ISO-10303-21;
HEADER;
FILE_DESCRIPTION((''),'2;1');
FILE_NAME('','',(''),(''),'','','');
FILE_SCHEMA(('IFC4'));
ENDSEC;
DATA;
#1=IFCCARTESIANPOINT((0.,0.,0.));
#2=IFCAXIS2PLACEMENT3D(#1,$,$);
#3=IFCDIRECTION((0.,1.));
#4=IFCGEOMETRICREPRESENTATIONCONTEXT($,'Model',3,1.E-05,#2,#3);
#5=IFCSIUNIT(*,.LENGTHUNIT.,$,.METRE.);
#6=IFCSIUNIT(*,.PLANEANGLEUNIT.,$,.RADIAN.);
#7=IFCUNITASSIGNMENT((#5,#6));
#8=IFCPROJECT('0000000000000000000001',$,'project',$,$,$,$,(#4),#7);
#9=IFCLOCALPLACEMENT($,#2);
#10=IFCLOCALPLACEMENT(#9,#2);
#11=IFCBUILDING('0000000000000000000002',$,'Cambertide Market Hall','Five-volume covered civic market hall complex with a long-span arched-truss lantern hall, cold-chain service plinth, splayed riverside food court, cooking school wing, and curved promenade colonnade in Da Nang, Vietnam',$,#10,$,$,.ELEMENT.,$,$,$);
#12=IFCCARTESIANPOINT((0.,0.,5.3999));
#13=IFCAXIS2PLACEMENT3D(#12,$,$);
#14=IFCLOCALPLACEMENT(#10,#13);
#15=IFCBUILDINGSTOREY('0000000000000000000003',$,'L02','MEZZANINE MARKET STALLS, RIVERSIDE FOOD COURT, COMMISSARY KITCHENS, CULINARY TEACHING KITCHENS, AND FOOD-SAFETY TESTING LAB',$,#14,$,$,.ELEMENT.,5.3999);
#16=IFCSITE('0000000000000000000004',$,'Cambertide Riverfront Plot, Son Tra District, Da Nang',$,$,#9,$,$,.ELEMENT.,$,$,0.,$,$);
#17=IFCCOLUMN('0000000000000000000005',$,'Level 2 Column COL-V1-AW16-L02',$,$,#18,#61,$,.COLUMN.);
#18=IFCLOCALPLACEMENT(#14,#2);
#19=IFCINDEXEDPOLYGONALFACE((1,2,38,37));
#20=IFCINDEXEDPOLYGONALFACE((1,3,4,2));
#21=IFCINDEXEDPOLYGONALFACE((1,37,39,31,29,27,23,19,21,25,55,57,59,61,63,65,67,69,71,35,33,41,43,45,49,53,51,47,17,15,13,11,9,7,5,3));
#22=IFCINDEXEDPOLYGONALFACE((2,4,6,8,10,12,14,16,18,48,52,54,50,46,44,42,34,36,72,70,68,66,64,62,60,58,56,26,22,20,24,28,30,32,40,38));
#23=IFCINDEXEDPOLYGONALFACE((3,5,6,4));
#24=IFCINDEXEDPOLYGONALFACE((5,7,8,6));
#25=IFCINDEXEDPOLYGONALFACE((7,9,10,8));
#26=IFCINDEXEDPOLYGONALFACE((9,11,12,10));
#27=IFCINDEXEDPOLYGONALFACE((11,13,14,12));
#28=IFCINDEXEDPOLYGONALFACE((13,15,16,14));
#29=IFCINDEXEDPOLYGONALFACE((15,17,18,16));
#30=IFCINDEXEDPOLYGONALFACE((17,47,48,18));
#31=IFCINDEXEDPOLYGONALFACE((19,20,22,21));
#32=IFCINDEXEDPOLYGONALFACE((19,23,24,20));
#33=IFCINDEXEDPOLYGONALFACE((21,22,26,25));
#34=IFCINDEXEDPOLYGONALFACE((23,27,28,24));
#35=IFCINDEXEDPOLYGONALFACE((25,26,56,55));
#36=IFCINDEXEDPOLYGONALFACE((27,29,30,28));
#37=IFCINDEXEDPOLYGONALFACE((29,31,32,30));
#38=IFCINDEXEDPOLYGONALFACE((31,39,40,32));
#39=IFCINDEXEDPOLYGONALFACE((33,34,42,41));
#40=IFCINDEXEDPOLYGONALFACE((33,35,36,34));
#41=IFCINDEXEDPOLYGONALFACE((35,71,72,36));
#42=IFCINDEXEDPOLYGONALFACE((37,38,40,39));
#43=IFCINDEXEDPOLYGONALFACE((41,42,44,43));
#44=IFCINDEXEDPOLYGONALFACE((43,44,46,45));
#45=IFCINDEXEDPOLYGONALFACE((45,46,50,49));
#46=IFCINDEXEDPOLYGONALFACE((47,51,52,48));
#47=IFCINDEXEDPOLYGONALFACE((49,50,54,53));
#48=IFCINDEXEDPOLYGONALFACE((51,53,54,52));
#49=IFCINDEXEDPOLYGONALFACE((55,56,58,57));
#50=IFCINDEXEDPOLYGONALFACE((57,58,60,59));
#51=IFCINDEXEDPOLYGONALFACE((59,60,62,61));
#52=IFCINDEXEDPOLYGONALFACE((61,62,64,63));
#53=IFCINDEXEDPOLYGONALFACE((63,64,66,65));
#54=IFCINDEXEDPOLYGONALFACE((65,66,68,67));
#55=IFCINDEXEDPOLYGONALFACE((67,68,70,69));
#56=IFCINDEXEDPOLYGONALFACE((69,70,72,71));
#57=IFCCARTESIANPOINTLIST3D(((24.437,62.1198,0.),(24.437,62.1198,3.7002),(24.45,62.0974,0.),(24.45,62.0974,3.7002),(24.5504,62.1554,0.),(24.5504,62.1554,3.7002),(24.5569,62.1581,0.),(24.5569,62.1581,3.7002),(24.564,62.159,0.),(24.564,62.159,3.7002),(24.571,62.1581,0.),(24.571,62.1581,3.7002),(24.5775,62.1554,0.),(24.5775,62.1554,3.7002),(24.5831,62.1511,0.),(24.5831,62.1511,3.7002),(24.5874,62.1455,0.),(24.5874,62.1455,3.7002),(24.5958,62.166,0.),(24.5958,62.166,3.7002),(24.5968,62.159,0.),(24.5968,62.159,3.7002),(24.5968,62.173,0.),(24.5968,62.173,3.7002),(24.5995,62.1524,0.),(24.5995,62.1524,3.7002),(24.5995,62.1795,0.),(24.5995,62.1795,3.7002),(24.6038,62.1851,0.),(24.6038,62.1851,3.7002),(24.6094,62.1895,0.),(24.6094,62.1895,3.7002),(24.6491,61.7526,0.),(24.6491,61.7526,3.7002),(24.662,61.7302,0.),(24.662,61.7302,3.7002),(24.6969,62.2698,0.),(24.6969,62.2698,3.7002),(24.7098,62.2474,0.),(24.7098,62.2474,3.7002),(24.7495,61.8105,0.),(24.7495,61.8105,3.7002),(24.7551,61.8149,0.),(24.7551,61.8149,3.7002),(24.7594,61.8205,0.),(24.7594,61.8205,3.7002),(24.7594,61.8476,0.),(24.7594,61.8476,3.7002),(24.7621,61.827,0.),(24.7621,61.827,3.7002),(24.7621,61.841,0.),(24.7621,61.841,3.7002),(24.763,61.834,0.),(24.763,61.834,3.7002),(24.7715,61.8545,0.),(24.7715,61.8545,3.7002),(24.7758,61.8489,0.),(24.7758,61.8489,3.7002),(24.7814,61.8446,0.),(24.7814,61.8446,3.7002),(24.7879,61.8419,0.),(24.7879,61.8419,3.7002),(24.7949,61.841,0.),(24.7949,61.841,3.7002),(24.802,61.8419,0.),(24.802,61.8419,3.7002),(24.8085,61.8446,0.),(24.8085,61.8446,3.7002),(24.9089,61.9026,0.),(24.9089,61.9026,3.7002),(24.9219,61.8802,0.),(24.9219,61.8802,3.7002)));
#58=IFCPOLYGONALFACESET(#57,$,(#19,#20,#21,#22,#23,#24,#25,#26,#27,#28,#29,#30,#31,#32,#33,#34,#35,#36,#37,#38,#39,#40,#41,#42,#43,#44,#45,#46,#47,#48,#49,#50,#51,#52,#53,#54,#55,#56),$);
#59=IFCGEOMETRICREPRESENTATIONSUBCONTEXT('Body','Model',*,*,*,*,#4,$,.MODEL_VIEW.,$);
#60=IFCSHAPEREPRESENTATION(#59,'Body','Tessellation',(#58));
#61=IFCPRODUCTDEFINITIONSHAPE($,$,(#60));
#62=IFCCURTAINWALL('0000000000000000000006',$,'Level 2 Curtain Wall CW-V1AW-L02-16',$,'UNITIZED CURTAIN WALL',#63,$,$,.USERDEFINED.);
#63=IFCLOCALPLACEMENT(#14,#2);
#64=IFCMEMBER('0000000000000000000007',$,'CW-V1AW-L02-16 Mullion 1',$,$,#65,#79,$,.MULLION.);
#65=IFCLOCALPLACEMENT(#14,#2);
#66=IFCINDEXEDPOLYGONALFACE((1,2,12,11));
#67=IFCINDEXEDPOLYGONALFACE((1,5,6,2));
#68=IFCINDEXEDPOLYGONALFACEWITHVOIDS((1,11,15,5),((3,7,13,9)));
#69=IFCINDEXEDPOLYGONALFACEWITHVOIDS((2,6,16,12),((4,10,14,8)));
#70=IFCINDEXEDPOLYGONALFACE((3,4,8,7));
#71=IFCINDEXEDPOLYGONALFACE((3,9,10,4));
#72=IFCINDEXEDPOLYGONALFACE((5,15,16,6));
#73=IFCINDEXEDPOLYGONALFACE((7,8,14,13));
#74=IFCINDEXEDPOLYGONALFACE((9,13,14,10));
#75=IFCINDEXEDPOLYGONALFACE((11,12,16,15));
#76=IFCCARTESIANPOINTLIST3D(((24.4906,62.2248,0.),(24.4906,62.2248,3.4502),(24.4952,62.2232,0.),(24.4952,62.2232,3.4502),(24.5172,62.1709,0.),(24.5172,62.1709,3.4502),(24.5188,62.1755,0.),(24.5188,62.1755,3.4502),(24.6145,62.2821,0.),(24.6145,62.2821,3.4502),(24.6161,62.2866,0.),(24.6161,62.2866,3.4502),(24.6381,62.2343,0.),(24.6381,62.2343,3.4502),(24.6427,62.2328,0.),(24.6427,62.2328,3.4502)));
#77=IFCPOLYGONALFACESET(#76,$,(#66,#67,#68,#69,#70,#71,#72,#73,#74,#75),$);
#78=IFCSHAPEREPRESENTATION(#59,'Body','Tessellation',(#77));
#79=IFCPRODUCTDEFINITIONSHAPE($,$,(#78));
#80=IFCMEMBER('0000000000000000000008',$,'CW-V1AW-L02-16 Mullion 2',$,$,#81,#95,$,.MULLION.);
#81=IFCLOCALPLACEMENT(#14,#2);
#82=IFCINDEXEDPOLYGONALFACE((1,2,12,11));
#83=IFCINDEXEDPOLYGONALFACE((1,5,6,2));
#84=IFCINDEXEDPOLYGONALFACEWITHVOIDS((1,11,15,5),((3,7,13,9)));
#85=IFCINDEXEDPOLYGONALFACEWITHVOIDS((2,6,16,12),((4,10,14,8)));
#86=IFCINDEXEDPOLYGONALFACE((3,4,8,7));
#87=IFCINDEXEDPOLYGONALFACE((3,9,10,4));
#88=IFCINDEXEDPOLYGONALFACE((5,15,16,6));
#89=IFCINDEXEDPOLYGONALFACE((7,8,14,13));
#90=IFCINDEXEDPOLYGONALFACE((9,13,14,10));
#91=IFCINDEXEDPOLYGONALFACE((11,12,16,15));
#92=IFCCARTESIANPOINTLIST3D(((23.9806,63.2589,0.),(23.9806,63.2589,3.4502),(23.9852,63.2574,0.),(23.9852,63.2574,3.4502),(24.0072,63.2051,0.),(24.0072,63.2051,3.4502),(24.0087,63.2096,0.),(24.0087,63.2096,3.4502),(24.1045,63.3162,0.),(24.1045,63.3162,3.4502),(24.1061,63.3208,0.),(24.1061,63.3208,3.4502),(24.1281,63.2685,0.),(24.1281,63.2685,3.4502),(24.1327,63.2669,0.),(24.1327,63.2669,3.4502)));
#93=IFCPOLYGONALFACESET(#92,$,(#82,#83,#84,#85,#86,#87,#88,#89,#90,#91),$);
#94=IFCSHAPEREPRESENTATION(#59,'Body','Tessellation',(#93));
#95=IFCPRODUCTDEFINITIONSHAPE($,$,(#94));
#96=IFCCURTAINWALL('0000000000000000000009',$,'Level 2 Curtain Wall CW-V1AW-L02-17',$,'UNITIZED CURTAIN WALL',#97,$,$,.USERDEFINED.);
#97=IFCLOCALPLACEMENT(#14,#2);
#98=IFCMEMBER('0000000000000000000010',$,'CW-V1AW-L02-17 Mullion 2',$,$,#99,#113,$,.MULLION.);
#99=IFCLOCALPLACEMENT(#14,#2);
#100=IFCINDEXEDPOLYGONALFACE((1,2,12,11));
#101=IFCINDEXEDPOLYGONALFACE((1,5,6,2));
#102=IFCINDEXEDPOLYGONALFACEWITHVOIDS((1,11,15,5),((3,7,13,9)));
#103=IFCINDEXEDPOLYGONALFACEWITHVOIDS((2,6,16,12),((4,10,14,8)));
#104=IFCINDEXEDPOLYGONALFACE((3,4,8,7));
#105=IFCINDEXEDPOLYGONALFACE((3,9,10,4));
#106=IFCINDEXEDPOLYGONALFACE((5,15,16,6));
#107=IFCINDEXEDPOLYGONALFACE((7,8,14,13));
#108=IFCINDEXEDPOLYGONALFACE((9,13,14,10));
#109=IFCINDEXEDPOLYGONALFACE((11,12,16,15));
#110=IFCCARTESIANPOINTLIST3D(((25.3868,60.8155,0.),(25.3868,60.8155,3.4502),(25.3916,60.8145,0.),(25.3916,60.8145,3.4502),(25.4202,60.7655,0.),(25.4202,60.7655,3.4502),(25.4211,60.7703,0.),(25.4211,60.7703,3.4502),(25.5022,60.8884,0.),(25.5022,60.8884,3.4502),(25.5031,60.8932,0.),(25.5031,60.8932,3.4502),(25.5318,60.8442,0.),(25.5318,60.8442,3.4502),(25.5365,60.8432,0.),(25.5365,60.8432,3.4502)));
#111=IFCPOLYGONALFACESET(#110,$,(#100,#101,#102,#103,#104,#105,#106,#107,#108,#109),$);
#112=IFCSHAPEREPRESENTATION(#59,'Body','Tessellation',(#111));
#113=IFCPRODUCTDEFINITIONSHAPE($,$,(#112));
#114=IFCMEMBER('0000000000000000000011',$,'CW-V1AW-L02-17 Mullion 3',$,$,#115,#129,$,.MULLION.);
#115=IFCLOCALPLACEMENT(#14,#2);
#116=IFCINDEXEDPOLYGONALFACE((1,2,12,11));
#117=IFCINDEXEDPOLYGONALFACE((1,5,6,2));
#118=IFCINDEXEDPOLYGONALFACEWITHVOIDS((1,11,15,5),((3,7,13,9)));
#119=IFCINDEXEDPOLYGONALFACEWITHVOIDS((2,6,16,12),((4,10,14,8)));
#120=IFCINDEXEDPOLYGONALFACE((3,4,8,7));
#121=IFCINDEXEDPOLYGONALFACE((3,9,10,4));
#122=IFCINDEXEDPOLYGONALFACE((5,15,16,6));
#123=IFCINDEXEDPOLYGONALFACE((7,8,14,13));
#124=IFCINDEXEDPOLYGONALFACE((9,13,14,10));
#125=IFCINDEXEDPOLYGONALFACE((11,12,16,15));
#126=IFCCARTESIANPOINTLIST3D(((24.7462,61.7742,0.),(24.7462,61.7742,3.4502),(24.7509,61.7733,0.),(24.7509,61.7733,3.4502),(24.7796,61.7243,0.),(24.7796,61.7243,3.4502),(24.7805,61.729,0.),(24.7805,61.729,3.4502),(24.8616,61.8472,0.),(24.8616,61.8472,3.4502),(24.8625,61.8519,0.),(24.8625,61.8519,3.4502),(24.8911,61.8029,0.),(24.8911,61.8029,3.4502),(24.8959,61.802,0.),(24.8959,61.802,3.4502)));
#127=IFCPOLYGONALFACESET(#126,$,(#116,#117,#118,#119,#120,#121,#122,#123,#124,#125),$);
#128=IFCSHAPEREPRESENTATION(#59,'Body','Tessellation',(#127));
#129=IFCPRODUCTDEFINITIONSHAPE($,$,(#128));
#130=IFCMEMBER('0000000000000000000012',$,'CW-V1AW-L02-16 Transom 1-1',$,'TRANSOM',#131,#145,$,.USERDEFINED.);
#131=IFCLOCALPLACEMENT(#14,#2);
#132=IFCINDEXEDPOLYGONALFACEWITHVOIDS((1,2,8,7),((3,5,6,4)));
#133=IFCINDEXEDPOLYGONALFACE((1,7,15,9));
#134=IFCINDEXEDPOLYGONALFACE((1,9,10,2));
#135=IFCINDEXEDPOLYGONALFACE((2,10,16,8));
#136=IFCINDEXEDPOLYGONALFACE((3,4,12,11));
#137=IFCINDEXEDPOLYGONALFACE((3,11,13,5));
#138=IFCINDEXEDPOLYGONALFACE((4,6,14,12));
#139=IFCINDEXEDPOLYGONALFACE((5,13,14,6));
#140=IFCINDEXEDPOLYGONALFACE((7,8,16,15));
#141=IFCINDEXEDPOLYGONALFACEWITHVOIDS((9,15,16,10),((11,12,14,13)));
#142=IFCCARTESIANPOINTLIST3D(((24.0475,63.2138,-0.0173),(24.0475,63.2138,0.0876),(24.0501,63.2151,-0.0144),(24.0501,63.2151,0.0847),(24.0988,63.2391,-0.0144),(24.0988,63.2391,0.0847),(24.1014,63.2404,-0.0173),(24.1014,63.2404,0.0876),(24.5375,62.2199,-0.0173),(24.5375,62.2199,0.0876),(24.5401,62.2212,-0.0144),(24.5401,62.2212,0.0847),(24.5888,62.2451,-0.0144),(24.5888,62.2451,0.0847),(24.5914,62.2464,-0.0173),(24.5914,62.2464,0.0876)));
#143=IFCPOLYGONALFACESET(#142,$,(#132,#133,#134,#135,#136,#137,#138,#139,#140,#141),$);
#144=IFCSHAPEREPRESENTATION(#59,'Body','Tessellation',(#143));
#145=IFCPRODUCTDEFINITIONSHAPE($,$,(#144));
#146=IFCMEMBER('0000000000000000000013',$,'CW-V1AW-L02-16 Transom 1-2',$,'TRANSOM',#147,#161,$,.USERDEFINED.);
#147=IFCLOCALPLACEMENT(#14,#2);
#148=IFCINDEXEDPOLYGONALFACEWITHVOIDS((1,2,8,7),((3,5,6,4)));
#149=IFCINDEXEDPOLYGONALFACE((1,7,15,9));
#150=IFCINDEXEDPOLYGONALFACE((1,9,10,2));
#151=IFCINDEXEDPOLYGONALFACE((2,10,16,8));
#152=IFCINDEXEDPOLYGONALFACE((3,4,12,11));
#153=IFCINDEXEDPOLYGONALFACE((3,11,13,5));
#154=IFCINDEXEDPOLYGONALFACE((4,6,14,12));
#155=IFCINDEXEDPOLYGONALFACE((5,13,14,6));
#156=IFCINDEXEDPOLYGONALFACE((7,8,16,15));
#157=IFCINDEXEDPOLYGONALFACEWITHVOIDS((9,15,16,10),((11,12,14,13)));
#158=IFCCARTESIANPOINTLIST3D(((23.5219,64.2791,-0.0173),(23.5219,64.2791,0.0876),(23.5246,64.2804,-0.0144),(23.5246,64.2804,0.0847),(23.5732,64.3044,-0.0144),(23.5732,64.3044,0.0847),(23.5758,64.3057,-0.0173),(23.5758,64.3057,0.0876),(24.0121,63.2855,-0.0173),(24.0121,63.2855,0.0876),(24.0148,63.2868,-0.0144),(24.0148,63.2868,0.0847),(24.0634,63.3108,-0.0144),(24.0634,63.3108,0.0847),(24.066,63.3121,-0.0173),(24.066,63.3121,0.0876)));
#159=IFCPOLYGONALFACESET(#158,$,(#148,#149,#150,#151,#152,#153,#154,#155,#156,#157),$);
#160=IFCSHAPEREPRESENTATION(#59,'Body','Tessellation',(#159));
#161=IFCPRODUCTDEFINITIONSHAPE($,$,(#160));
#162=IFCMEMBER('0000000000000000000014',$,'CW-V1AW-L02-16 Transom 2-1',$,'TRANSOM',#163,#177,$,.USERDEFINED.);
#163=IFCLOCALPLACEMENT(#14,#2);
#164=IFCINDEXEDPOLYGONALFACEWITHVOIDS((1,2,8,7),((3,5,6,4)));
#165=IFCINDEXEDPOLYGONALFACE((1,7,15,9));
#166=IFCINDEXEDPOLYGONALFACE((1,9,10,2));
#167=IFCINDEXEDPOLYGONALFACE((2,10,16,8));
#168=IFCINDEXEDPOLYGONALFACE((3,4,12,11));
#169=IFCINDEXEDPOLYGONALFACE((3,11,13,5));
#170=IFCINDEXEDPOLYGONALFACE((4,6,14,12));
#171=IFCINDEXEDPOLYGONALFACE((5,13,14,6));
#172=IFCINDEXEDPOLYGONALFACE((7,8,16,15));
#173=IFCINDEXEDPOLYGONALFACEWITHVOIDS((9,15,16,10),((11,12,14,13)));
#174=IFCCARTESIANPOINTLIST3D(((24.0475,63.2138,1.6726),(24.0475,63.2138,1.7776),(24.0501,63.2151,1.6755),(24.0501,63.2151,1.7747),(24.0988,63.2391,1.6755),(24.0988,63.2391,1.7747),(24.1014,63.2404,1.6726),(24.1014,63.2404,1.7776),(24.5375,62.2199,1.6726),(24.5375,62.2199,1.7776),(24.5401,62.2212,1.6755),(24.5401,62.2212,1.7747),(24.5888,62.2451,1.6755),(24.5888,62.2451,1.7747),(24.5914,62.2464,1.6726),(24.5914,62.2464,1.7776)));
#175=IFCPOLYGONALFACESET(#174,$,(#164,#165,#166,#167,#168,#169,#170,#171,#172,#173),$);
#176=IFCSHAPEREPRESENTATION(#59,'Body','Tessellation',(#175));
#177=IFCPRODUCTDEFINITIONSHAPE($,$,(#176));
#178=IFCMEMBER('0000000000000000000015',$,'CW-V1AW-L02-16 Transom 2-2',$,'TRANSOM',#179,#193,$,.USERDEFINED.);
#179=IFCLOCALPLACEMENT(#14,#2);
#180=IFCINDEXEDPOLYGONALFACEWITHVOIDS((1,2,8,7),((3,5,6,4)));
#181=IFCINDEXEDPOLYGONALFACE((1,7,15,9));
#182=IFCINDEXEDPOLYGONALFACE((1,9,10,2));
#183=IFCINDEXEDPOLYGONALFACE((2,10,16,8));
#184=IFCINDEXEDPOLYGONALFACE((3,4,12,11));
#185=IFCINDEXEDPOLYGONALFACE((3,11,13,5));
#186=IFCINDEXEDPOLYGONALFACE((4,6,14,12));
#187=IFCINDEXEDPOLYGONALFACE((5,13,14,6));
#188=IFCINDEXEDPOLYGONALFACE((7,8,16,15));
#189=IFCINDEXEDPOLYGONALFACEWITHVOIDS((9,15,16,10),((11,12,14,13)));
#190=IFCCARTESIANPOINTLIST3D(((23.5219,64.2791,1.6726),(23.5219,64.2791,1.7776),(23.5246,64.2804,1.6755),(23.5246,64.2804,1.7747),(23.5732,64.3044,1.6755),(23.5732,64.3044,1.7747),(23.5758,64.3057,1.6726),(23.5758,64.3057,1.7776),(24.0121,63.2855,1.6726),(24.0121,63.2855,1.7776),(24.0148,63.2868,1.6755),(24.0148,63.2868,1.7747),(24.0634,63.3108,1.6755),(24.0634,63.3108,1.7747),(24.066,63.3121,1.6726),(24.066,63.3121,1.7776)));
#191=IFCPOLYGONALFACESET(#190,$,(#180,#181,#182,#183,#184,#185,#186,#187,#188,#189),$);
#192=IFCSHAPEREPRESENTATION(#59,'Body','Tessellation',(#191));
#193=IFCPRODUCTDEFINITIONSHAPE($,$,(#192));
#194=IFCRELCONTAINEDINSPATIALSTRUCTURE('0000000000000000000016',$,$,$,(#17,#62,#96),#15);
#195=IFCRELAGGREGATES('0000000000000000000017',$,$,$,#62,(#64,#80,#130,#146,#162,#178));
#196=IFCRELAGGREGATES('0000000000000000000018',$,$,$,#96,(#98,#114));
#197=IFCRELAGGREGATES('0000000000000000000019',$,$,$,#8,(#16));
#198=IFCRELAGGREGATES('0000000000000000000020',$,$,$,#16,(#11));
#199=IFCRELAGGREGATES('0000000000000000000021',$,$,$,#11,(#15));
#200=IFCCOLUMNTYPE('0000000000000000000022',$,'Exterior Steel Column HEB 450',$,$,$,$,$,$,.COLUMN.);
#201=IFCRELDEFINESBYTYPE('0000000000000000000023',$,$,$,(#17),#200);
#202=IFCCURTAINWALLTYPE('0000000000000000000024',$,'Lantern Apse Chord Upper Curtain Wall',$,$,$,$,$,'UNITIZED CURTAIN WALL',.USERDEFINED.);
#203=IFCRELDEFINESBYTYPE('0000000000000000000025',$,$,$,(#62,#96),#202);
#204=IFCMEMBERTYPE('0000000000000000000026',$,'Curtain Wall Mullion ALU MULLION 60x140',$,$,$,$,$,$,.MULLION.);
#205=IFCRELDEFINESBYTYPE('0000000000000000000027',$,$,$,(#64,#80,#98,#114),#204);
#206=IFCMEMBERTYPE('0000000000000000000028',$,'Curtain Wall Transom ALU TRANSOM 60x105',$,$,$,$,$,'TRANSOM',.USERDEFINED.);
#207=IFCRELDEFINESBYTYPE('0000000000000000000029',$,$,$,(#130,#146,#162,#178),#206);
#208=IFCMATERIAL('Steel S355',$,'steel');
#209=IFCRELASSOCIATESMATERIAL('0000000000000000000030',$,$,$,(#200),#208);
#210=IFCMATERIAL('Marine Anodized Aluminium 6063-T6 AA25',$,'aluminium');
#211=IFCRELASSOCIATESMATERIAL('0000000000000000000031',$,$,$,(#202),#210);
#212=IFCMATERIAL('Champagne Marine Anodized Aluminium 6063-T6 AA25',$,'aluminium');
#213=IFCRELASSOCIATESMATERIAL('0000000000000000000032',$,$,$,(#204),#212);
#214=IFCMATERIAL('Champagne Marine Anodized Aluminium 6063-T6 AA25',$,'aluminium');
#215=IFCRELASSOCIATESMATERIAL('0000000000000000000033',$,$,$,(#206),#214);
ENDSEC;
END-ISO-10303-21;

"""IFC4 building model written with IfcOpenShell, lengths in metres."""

from ifc_helpers import new_model, si_unit, direction, frame, origin, origin_2d, place, context, subcontext, project, spatial, hollow_rectangle, i_section, extrude, material, material_profile, profile_set, type_object, element, aggregate, save


model = new_model("IFC4")

# Units and contexts
model_context = context("Model", 3, precision=1e-05, world=origin(), true_north=direction((0.0, 1.0)))
body_context = subcontext(model_context, "Body", "Model", "MODEL_VIEW")
ifc_project = project(units=[si_unit("LENGTHUNIT", "METRE"), si_unit("PLANEANGLEUNIT", "RADIAN")], contexts=[model_context])

# Site, building, storey
site_placement = place(None, origin())
site = spatial("IfcSite", under=ifc_project, at=site_placement, Name="Cambertide Riverfront Plot, Son Tra District, Da Nang", CompositionType="ELEMENT", RefElevation=0.0)
building_placement = place(site_placement, origin())
building = spatial("IfcBuilding", under=site, at=building_placement, Name="Cambertide Market Hall", Description="Five-volume covered civic market hall complex with a long-span arched-truss lantern hall, cold-chain service plinth, splayed riverside food court, cooking school wing, and curved promenade colonnade in Da Nang, Vietnam", CompositionType="ELEMENT")
storey_placement = place(building_placement, frame((0.0, 0.0, 5.3999)))
storey = spatial("IfcBuildingStorey", under=building, at=storey_placement, Name="L02", Description="MEZZANINE MARKET STALLS, RIVERSIDE FOOD COURT, COMMISSARY KITCHENS, CULINARY TEACHING KITCHENS, AND FOOD-SAFETY TESTING LAB", CompositionType="ELEMENT", Elevation=5.3999)

# Column
ifc_material_1 = material(Name="Steel S355", Category="steel")
ifc_material_profile_1 = material_profile(ifc_material_1, i_section(OverallWidth=0.3, OverallDepth=0.45, WebThickness=0.0139, FlangeThickness=0.0259, FilletRadius=0.0271, at=origin_2d()), Name="HEB 450")
ifc_profile_set_1 = profile_set([ifc_material_profile_1], Name="Steel S355")
column_type = type_object("IfcColumnType", Name="Exterior Steel Column HEB 450", PredefinedType="COLUMN", material=ifc_profile_set_1)
column_placement = place(storey_placement, frame((24.6794, 62.0, 0.0), z_axis=(0.0, 0.0, 1.0), x_axis=(-0.866025, -0.5, 0.0)))
element("IfcColumn", 1, at=column_placement, inside=storey, type_object=column_type, Name="Level 2 Column COL-V1-AW16-L02", PredefinedType="COLUMN", context=body_context, shape_type="SweptSolid", body=[
    extrude(i_section(OverallWidth=0.3, OverallDepth=0.45, WebThickness=0.0139, FlangeThickness=0.0259, FilletRadius=0.0271, at=origin_2d()), origin(), (0.0, 0.0, 1.0), 3.7002),
])

# Curtain walls, members
ifc_material_2 = material(Name="Marine Anodized Aluminium 6063-T6 AA25", Category="aluminium")
curtain_wall_type = type_object("IfcCurtainWallType", Name="Lantern Apse Chord Upper Curtain Wall", ElementType="UNITIZED CURTAIN WALL", PredefinedType="USERDEFINED", material=ifc_material_2)
curtain_wall_1_placement = place(storey_placement, origin())
curtain_wall_1 = element("IfcCurtainWall", 2, at=curtain_wall_1_placement, inside=storey, type_object=curtain_wall_type, Name="Level 2 Curtain Wall CW-V1AW-L02-16", ObjectType="UNITIZED CURTAIN WALL", PredefinedType="USERDEFINED")
ifc_material_3 = material(Name="Champagne Marine Anodized Aluminium 6063-T6 AA25", Category="aluminium")
ifc_material_profile_2 = material_profile(ifc_material_3, hollow_rectangle(XDim=0.0601, YDim=0.1399, WallThickness=0.0034, at=origin_2d()), Name="ALU MULLION 60x140")
ifc_profile_set_2 = profile_set([ifc_material_profile_2], Name="Champagne Marine Anodized Aluminium 6063-T6 AA25")
member_type_1 = type_object("IfcMemberType", Name="Curtain Wall Mullion ALU MULLION 60x140", PredefinedType="MULLION", material=ifc_profile_set_2)
member_1_placement = place(storey_placement, frame((24.5667, 62.2288, 0.0), z_axis=(0.0, 0.0, 1.0), x_axis=(-0.442289, 0.896873, 0.0)))
member_1 = element("IfcMember", 3, at=member_1_placement, type_object=member_type_1, Name="CW-V1AW-L02-16 Mullion 1", PredefinedType="MULLION", context=body_context, shape_type="SweptSolid", body=[
    extrude(hollow_rectangle(XDim=0.0601, YDim=0.1399, WallThickness=0.0034, at=origin_2d()), origin(), (0.0, 0.0, 1.0), 3.4502),
])
member_2_placement = place(storey_placement, frame((24.0566, 63.2629, 0.0), z_axis=(0.0, 0.0, 1.0), x_axis=(-0.442289, 0.896873, 0.0)))
member_2 = element("IfcMember", 4, at=member_2_placement, type_object=member_type_1, Name="CW-V1AW-L02-16 Mullion 2", PredefinedType="MULLION", context=body_context, shape_type="SweptSolid", body=[
    extrude(hollow_rectangle(XDim=0.0601, YDim=0.1399, WallThickness=0.0034, at=origin_2d()), origin(), (0.0, 0.0, 1.0), 3.4502),
])
curtain_wall_2_placement = place(storey_placement, origin())
curtain_wall_2 = element("IfcCurtainWall", 5, at=curtain_wall_2_placement, inside=storey, type_object=curtain_wall_type, Name="Level 2 Curtain Wall CW-V1AW-L02-17", ObjectType="UNITIZED CURTAIN WALL", PredefinedType="USERDEFINED")
member_3_placement = place(storey_placement, frame((25.4617, 60.8293, 0.0), z_axis=(0.0, 0.0, 1.0), x_axis=(-0.55557, 0.83147, 0.0)))
member_3 = element("IfcMember", 6, at=member_3_placement, type_object=member_type_1, Name="CW-V1AW-L02-17 Mullion 2", PredefinedType="MULLION", context=body_context, shape_type="SweptSolid", body=[
    extrude(hollow_rectangle(XDim=0.0601, YDim=0.1399, WallThickness=0.0034, at=origin_2d()), origin(), (0.0, 0.0, 1.0), 3.4502),
])
member_4_placement = place(storey_placement, frame((24.821, 61.7881, 0.0), z_axis=(0.0, 0.0, 1.0), x_axis=(-0.55557, 0.83147, 0.0)))
member_4 = element("IfcMember", 7, at=member_4_placement, type_object=member_type_1, Name="CW-V1AW-L02-17 Mullion 3", PredefinedType="MULLION", context=body_context, shape_type="SweptSolid", body=[
    extrude(hollow_rectangle(XDim=0.0601, YDim=0.1399, WallThickness=0.0034, at=origin_2d()), origin(), (0.0, 0.0, 1.0), 3.4502),
])

# Members
ifc_material_4 = material(Name="Champagne Marine Anodized Aluminium 6063-T6 AA25", Category="aluminium")
ifc_material_profile_3 = material_profile(ifc_material_4, hollow_rectangle(XDim=0.0601, YDim=0.105, WallThickness=0.0029, at=origin_2d()), Name="ALU TRANSOM 60x105")
ifc_profile_set_3 = profile_set([ifc_material_profile_3], Name="Champagne Marine Anodized Aluminium 6063-T6 AA25")
member_type_2 = type_object("IfcMemberType", Name="Curtain Wall Transom ALU TRANSOM 60x105", ElementType="TRANSOM", PredefinedType="USERDEFINED", material=ifc_profile_set_3)
member_5_placement = place(storey_placement, frame((24.5645, 62.2332, 0.0352), z_axis=(-0.442183, 0.896925, 0.0), x_axis=(-0.896925, -0.442183, 0.0)))
member_5 = element("IfcMember", 8, at=member_5_placement, type_object=member_type_2, Name="CW-V1AW-L02-16 Transom 1-1", ObjectType="TRANSOM", PredefinedType="USERDEFINED", context=body_context, shape_type="SweptSolid", body=[
    extrude(hollow_rectangle(XDim=0.0601, YDim=0.105, WallThickness=0.0029, at=origin_2d()), origin(), (0.0, 0.0, 1.0), 1.1082),
])
member_6_placement = place(storey_placement, frame((24.0391, 63.2988, 0.0352), z_axis=(-0.442448, 0.896794, 0.0), x_axis=(-0.896794, -0.442448, 0.0)))
member_6 = element("IfcMember", 9, at=member_6_placement, type_object=member_type_2, Name="CW-V1AW-L02-16 Transom 1-2", ObjectType="TRANSOM", PredefinedType="USERDEFINED", context=body_context, shape_type="SweptSolid", body=[
    extrude(hollow_rectangle(XDim=0.0601, YDim=0.105, WallThickness=0.0029, at=origin_2d()), origin(), (0.0, 0.0, 1.0), 1.1079),
])
member_7_placement = place(storey_placement, frame((24.5645, 62.2332, 1.7251), z_axis=(-0.442183, 0.896925, 0.0), x_axis=(-0.896925, -0.442183, 0.0)))
member_7 = element("IfcMember", 10, at=member_7_placement, type_object=member_type_2, Name="CW-V1AW-L02-16 Transom 2-1", ObjectType="TRANSOM", PredefinedType="USERDEFINED", context=body_context, shape_type="SweptSolid", body=[
    extrude(hollow_rectangle(XDim=0.0601, YDim=0.105, WallThickness=0.0029, at=origin_2d()), origin(), (0.0, 0.0, 1.0), 1.1082),
])
member_8_placement = place(storey_placement, frame((24.0391, 63.2988, 1.7251), z_axis=(-0.442448, 0.896794, 0.0), x_axis=(-0.896794, -0.442448, 0.0)))
member_8 = element("IfcMember", 11, at=member_8_placement, type_object=member_type_2, Name="CW-V1AW-L02-16 Transom 2-2", ObjectType="TRANSOM", PredefinedType="USERDEFINED", context=body_context, shape_type="SweptSolid", body=[
    extrude(hollow_rectangle(XDim=0.0601, YDim=0.105, WallThickness=0.0029, at=origin_2d()), origin(), (0.0, 0.0, 1.0), 1.1079),
])

aggregate(curtain_wall_1, [member_1, member_2, member_5, member_6, member_7, member_8])
aggregate(curtain_wall_2, [member_3, member_4])

save(model, "model.ifc")
